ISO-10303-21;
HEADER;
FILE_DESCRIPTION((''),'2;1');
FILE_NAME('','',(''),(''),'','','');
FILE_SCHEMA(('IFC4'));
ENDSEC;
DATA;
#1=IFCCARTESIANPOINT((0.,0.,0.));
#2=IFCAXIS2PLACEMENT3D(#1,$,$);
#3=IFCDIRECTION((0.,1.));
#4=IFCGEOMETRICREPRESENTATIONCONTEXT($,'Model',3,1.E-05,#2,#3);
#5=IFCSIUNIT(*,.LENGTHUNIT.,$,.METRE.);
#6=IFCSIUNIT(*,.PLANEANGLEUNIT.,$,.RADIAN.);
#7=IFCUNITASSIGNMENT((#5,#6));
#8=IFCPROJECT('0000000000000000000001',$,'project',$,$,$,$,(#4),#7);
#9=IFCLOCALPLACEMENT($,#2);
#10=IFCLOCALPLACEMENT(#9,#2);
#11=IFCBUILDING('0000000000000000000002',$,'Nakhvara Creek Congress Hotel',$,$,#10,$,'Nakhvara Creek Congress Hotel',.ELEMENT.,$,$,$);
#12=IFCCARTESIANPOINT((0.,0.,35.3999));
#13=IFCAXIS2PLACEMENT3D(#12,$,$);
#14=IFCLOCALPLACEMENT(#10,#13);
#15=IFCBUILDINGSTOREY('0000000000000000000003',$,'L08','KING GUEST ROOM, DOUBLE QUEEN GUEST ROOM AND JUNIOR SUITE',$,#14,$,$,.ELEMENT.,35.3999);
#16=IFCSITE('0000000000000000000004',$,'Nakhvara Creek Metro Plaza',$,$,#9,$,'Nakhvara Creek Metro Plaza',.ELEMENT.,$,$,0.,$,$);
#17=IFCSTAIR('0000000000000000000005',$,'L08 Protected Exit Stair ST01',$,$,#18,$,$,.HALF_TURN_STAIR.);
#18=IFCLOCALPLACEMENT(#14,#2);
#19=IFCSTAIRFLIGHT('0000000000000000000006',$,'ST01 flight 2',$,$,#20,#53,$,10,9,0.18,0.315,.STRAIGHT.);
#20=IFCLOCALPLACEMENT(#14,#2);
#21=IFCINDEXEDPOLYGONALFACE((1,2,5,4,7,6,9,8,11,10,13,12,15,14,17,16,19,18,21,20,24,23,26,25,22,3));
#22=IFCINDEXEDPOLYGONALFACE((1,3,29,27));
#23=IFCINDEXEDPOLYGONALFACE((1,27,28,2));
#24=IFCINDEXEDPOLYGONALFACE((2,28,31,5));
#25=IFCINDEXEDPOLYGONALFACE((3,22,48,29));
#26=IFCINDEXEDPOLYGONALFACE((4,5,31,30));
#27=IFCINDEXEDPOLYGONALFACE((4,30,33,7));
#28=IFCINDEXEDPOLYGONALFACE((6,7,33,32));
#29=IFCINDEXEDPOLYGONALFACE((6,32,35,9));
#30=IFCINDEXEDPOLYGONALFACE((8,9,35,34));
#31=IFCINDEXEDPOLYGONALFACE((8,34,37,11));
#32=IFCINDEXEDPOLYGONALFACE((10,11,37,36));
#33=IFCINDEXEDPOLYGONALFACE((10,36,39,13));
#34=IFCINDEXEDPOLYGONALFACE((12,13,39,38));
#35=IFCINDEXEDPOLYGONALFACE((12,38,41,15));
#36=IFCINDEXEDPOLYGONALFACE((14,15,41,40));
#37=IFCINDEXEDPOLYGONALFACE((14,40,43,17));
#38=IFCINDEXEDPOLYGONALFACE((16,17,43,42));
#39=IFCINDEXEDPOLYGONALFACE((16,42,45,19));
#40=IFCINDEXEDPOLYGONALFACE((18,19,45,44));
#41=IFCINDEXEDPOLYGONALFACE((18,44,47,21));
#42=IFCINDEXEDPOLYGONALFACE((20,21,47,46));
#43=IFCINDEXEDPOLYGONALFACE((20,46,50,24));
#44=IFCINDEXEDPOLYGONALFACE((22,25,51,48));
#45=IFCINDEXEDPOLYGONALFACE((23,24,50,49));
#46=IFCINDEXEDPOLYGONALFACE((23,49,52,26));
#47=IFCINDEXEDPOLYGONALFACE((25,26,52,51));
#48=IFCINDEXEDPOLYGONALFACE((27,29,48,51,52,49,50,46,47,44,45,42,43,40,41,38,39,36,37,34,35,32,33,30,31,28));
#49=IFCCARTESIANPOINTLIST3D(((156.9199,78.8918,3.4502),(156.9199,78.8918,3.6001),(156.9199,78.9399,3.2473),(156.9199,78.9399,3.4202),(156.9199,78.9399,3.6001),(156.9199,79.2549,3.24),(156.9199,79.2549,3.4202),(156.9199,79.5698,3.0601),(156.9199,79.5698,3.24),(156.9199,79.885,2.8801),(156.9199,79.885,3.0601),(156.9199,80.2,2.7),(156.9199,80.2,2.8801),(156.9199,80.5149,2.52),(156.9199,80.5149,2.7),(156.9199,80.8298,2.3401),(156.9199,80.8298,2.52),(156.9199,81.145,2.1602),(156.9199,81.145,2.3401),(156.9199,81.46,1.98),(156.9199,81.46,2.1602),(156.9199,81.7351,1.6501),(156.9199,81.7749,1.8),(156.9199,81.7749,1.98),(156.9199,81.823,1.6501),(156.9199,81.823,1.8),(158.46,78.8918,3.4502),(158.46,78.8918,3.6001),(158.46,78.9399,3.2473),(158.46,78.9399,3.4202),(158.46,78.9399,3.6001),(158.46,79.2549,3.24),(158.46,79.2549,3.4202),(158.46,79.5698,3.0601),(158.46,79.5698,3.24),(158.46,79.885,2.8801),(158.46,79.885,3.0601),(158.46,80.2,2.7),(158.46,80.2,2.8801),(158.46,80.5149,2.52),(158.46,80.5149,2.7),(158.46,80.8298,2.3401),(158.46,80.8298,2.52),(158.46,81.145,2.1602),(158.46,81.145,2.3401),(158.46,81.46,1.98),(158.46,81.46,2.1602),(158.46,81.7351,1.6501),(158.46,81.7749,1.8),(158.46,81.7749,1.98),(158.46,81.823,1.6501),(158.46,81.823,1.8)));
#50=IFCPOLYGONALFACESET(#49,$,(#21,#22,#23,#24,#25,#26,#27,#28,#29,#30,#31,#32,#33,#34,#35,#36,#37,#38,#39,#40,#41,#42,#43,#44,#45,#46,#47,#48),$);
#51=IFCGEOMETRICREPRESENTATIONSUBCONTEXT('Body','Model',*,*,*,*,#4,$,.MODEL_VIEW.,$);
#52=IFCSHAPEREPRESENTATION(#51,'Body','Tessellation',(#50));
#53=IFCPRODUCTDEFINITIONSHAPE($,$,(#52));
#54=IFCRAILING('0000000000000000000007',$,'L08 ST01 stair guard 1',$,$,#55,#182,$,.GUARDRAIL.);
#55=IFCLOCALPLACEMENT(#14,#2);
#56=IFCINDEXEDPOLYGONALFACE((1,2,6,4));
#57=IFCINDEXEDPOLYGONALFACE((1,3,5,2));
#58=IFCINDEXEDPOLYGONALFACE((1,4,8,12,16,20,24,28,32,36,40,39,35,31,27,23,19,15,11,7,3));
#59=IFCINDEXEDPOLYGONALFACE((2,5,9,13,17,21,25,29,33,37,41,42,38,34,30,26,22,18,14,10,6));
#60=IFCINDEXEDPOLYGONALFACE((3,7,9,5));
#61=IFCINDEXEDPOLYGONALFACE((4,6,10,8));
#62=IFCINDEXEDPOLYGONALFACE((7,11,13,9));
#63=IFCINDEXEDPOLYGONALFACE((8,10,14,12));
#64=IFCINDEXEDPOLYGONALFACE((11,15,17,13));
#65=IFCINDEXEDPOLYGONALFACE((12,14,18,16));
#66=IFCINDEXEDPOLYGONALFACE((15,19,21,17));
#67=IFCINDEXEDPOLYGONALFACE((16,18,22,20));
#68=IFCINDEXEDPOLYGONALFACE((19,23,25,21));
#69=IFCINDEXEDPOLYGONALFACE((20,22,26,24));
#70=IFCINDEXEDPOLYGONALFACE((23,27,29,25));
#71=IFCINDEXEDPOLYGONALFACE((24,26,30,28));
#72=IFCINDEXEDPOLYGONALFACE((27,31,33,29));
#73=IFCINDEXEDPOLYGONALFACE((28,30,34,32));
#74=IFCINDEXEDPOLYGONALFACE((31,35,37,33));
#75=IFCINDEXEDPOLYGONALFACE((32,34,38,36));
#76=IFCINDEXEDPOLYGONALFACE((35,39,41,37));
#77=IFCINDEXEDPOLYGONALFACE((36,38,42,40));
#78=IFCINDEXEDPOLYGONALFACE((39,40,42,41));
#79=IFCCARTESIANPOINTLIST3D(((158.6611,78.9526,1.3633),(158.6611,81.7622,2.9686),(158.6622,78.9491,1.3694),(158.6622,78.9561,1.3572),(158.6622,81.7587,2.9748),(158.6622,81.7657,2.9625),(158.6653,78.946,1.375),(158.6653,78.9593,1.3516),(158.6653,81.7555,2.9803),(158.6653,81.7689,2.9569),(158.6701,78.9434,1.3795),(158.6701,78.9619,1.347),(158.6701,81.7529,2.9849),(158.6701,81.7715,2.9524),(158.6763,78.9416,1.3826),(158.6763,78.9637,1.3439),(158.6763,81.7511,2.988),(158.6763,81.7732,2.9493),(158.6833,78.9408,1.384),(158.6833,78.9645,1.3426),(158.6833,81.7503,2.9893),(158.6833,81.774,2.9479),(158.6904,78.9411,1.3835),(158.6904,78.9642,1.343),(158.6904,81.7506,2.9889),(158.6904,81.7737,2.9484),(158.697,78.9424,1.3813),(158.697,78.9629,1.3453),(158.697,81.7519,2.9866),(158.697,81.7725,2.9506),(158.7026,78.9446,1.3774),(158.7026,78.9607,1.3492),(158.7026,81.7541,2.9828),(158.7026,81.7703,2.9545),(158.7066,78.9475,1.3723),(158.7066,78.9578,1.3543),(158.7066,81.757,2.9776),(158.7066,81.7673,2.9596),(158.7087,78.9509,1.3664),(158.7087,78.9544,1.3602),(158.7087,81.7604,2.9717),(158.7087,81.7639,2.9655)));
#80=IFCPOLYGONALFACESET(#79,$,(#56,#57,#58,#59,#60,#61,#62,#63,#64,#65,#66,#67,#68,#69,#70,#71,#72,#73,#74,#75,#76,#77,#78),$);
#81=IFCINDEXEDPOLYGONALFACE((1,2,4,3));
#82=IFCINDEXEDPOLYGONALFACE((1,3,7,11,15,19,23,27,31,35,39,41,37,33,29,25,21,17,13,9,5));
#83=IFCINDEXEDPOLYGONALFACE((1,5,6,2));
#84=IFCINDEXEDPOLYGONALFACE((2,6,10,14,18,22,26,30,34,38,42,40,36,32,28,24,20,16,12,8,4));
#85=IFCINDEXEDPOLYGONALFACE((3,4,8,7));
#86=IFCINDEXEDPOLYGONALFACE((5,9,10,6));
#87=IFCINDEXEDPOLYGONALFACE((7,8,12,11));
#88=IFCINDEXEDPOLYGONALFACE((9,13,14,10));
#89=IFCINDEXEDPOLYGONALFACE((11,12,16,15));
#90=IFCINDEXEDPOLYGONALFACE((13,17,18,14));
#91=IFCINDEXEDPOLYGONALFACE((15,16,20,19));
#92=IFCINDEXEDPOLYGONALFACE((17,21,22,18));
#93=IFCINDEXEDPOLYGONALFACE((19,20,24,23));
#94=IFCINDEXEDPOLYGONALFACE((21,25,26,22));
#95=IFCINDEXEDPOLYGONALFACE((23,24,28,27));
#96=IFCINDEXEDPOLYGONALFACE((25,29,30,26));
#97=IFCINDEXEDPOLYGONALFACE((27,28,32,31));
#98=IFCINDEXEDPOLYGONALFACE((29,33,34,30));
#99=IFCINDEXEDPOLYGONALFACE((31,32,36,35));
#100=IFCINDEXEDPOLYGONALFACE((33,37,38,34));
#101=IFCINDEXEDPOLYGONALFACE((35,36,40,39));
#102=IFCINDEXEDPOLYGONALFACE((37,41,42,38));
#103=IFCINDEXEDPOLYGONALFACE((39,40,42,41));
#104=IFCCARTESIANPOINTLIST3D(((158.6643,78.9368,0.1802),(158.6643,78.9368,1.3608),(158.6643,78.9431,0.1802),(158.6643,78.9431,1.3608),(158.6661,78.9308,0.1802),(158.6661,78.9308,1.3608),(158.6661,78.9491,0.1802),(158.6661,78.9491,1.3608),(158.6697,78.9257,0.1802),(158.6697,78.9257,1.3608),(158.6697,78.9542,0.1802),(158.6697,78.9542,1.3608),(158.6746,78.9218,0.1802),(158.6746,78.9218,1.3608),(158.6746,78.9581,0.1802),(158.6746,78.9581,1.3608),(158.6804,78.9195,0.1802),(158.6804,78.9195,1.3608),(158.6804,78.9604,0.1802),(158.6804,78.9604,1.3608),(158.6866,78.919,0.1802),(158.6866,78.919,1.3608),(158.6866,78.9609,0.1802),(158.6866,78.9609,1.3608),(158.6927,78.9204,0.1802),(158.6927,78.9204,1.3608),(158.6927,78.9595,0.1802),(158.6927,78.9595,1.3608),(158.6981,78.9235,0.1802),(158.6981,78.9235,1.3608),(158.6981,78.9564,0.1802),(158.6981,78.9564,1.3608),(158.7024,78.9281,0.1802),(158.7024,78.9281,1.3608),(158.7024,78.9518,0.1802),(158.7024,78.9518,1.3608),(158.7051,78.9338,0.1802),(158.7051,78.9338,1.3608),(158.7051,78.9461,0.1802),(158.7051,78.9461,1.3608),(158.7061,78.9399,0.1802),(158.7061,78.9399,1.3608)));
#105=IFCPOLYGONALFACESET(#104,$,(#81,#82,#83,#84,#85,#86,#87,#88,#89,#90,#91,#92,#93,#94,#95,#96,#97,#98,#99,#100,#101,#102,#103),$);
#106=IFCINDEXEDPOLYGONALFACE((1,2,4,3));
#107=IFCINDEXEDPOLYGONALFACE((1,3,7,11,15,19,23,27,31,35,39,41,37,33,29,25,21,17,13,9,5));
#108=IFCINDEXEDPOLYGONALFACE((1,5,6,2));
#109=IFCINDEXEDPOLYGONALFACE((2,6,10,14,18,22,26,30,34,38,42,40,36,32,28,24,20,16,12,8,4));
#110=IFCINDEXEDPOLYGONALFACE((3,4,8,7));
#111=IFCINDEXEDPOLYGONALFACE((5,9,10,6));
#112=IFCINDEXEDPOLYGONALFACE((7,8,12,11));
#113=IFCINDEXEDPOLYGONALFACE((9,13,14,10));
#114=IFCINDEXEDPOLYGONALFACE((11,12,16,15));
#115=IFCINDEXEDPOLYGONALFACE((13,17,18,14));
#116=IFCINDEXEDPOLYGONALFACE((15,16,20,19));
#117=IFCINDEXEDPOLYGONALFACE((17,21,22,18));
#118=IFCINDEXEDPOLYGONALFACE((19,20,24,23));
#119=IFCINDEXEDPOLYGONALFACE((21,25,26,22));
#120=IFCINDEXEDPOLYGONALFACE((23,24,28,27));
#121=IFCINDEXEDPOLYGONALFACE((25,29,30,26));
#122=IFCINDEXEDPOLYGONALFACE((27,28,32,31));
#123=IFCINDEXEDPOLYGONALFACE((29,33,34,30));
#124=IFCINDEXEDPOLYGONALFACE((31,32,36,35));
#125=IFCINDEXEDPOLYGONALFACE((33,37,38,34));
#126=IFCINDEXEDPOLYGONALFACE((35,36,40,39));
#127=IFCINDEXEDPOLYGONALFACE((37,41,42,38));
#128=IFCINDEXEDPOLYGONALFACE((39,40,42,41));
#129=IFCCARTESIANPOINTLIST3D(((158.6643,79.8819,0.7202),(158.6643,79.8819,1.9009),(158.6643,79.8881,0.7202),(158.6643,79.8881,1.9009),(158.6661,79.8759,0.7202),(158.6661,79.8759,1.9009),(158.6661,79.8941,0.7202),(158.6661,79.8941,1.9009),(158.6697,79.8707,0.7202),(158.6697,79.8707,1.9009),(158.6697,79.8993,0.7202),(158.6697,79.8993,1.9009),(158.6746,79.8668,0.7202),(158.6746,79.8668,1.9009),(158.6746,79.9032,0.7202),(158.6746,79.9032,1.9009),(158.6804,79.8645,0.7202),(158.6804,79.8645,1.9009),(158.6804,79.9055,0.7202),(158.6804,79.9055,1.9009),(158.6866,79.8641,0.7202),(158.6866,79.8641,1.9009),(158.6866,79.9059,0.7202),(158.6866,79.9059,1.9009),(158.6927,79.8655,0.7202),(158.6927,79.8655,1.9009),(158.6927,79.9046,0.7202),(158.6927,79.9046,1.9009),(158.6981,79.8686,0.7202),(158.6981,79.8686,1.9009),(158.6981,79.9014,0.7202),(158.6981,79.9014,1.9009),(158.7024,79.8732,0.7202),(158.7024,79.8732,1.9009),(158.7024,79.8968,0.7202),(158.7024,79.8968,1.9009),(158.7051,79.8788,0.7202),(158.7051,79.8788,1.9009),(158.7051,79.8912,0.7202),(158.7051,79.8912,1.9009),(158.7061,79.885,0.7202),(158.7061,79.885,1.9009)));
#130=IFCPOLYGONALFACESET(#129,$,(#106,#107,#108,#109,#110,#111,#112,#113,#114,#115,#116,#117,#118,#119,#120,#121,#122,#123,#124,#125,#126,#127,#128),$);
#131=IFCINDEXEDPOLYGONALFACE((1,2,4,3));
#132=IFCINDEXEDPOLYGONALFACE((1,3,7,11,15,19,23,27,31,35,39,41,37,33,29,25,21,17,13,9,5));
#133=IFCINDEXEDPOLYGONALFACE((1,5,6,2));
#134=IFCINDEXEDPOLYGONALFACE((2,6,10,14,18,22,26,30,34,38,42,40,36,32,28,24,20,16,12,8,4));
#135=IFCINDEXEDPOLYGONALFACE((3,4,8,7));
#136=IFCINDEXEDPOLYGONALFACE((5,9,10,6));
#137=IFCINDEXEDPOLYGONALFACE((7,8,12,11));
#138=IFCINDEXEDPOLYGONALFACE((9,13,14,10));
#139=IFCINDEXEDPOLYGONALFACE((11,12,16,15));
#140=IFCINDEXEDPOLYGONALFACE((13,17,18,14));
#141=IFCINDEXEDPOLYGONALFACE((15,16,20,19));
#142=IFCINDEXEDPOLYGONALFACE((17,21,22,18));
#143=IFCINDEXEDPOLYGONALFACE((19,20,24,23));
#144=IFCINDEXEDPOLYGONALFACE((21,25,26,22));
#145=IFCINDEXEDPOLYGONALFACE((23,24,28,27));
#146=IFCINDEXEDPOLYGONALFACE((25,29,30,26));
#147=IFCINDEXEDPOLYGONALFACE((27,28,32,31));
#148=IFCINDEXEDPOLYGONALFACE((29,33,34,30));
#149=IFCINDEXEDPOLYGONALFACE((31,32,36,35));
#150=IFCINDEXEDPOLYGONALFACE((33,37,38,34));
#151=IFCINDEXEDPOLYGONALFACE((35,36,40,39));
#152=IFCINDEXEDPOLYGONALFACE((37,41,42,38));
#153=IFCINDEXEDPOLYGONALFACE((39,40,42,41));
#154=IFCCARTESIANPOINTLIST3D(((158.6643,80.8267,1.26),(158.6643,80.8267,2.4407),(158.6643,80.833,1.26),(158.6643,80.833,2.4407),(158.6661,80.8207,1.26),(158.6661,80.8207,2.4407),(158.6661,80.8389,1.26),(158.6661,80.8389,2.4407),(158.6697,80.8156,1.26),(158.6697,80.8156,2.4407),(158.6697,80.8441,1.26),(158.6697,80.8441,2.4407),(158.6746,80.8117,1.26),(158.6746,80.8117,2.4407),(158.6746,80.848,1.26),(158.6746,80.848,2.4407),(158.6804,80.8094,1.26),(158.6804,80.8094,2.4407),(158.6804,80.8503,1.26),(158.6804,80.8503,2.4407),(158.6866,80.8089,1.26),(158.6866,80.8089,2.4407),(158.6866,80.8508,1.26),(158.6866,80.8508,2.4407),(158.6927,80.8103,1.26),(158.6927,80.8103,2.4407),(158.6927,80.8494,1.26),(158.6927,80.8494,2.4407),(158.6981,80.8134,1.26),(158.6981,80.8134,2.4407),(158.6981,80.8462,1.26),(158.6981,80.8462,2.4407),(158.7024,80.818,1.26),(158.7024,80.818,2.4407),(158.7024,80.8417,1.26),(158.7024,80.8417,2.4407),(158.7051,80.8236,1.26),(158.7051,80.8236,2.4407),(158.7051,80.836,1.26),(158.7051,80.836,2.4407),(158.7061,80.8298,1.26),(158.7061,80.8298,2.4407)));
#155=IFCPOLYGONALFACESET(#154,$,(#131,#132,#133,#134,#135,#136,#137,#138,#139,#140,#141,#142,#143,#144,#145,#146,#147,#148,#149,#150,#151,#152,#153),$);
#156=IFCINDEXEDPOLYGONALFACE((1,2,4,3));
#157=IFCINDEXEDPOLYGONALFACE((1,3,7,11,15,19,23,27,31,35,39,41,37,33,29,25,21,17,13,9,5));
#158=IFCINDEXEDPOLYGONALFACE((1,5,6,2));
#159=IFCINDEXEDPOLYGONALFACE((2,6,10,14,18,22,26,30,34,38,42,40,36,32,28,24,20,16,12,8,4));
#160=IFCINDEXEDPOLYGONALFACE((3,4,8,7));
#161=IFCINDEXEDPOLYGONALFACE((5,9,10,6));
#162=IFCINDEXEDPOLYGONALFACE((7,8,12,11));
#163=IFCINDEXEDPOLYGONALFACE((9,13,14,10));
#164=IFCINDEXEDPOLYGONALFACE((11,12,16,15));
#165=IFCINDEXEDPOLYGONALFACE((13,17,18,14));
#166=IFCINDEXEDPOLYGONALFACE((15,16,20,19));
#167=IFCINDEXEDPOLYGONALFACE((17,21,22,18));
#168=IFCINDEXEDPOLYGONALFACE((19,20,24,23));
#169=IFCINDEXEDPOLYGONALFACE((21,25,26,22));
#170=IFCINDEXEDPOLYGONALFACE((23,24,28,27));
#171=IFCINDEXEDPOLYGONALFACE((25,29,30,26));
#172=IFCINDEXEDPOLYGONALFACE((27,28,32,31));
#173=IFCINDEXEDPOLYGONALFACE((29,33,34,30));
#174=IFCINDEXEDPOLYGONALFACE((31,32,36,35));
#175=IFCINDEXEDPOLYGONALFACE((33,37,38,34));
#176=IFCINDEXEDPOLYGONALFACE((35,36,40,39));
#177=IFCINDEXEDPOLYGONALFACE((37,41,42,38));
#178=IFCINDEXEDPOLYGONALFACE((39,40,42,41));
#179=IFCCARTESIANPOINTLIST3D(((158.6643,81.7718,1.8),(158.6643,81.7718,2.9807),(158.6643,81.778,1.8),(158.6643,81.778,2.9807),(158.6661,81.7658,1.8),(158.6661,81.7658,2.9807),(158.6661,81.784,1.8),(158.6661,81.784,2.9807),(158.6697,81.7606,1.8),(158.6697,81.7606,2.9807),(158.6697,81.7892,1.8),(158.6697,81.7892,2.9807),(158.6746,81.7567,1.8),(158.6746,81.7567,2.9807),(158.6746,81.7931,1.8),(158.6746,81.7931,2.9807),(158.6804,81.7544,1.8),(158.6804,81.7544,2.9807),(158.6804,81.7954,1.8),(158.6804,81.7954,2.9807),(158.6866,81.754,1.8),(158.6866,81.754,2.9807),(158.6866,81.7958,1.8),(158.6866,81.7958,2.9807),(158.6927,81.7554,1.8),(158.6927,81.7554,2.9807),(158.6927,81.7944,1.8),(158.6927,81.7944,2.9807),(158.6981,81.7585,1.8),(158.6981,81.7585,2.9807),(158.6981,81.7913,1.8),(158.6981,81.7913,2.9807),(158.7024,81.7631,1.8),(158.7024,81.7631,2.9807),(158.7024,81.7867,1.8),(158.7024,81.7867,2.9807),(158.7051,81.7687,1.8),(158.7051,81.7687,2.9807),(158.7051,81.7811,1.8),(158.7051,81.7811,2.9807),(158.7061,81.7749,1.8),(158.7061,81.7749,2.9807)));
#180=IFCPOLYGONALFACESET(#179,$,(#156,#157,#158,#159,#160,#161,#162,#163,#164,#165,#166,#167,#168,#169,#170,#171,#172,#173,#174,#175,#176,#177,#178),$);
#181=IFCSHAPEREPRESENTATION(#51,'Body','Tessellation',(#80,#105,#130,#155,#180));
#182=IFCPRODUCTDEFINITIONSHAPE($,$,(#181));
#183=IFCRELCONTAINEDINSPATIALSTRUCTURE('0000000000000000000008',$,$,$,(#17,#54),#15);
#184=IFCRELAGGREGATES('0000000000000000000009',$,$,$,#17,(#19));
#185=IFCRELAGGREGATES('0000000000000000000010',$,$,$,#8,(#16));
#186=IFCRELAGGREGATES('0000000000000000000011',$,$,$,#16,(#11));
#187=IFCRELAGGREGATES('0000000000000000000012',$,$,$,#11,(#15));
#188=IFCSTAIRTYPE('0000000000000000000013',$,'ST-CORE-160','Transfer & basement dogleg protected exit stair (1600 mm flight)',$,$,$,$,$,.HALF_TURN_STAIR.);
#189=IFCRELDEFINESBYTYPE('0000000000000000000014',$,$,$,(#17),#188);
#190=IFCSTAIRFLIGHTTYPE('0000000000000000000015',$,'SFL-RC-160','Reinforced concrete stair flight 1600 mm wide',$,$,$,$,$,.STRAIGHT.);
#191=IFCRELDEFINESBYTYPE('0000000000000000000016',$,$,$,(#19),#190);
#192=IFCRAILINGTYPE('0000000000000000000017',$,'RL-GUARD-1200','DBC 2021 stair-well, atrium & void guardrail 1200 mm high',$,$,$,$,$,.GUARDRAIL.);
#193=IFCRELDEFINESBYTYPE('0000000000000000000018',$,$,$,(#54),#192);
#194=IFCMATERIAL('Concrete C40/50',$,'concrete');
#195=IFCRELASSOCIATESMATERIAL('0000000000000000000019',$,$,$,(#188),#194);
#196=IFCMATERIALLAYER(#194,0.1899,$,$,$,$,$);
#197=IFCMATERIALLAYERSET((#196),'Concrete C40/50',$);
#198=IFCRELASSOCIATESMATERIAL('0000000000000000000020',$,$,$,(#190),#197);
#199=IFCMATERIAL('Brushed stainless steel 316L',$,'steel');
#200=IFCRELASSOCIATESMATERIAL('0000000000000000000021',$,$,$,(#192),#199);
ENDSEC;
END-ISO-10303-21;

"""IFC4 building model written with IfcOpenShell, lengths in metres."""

from ifc_helpers import new_model, si_unit, direction, frame, origin, origin_2d, place, context, subcontext, project, spatial, polyline, circle, outline, extrude, material, layer, layer_set, type_object, element, aggregate, save


model = new_model("IFC4")

# Units and contexts
model_context = context("Model", 3, precision=1e-05, world=origin(), true_north=direction((0.0, 1.0)))
body_context = subcontext(model_context, "Body", "Model", "MODEL_VIEW")
ifc_project = project(units=[si_unit("LENGTHUNIT", "METRE"), si_unit("PLANEANGLEUNIT", "RADIAN")], contexts=[model_context])

# Site, building, storey
site_placement = place(None, origin())
site = spatial("IfcSite", under=ifc_project, at=site_placement, Name="Nakhvara Creek Metro Plaza", LongName="Nakhvara Creek Metro Plaza", CompositionType="ELEMENT", RefElevation=0.0)
building_placement = place(site_placement, origin())
building = spatial("IfcBuilding", under=site, at=building_placement, Name="Nakhvara Creek Congress Hotel", LongName="Nakhvara Creek Congress Hotel", CompositionType="ELEMENT")
storey_placement = place(building_placement, frame((0.0, 0.0, 35.3999)))
storey = spatial("IfcBuildingStorey", under=building, at=storey_placement, Name="L08", Description="KING GUEST ROOM, DOUBLE QUEEN GUEST ROOM AND JUNIOR SUITE", CompositionType="ELEMENT", Elevation=35.3999)

# Shared definitions
ifc_material_1 = material(Name="Concrete C40/50", Category="concrete")

# Stair, stair flight
stair_type = type_object("IfcStairType", Name="ST-CORE-160", Description="Transfer & basement dogleg protected exit stair (1600 mm flight)", PredefinedType="HALF_TURN_STAIR", material=ifc_material_1)
stair_placement = place(storey_placement, origin())
stair = element("IfcStair", 1, at=stair_placement, inside=storey, type_object=stair_type, Name="L08 Protected Exit Stair ST01", PredefinedType="HALF_TURN_STAIR")
ifc_layer_1 = layer(ifc_material_1, 0.1899)
ifc_layer_set_1 = layer_set([ifc_layer_1], Name="Concrete C40/50")
stair_flight_type = type_object("IfcStairFlightType", Name="SFL-RC-160", Description="Reinforced concrete stair flight 1600 mm wide", PredefinedType="STRAIGHT", material=ifc_layer_set_1)
stair_flight_1_placement = place(storey_placement, frame((157.6899, 81.7749, 1.8), z_axis=(0.0, 0.0, 1.0), x_axis=(0.0, -1.0, 0.0)))
stair_flight_1 = element("IfcStairFlight", 2, at=stair_flight_1_placement, type_object=stair_flight_type, Name="ST01 flight 2", NumberOfRisers=10, NumberOfTreads=9, PredefinedType="STRAIGHT", RiserHeight=0.18, TreadLength=0.315, context=body_context, shape_type="SweptSolid", body=[
    extrude(outline(polyline([(-0.0481, 0.0), (0.0, 0.0), (0.0, 0.1799), (0.3149, 0.1799), (0.3149, 0.3601), (0.6299, 0.3601), (0.6299, 0.54), (0.9451, 0.54), (0.9451, 0.72), (1.26, 0.72), (1.26, 0.8999), (1.575, 0.8999), (1.575, 1.0801), (1.8899, 1.0801), (1.8899, 1.26), (2.2051, 1.26), (2.2051, 1.4399), (2.52, 1.4399), (2.52, 1.6201), (2.835, 1.6201), (2.835, 1.8), (2.8831, 1.8), (2.8831, 1.6501), (2.835, 1.4473), (0.0398, -0.1499), (-0.0481, -0.1499), (-0.0481, 0.0)])), frame((0.0, 0.77, 0.0), z_axis=(0.0, -1.0, 0.0), x_axis=(1.0, 0.0, 0.0)), (0.0, 0.0, 1.0), 1.54),
])
aggregate(stair, [stair_flight_1])

# Railing
ifc_material_2 = material(Name="Brushed stainless steel 316L", Category="steel")
railing_type_1 = type_object("IfcRailingType", Name="RL-GUARD-1200", Description="DBC 2021 stair-well, atrium & void guardrail 1200 mm high", PredefinedType="GUARDRAIL", material=ifc_material_2)
railing_1_placement = place(storey_placement, frame((158.6851, 78.9399, 0.1802)))
element("IfcRailing", 3, at=railing_1_placement, inside=storey, type_object=railing_type_1, Name="L08 ST01 stair guard 1", PredefinedType="GUARDRAIL", context=body_context, shape_type="SweptSolid", body=[
    extrude(circle(Radius=0.0239, at=origin_2d()), frame((0.0, 0.0127, 1.1831), z_axis=(0.0, 0.868257, 0.496115), x_axis=(-1.0, 0.0, 0.0)), (0.0, 0.0, 1.0), 3.2358),
    extrude(circle(Radius=0.021, at=origin_2d()), origin(), (0.0, 0.0, 1.0), 1.1807),
    extrude(circle(Radius=0.021, at=origin_2d()), frame((0.0, 0.9451, 0.54)), (0.0, 0.0, 1.0), 1.1807),
    extrude(circle(Radius=0.021, at=origin_2d()), frame((0.0, 1.8899, 1.0798)), (0.0, 0.0, 1.0), 1.1807),
    extrude(circle(Radius=0.021, at=origin_2d()), frame((0.0, 2.835, 1.6199)), (0.0, 0.0, 1.0), 1.1807),
])

save(model, "model.ifc")
